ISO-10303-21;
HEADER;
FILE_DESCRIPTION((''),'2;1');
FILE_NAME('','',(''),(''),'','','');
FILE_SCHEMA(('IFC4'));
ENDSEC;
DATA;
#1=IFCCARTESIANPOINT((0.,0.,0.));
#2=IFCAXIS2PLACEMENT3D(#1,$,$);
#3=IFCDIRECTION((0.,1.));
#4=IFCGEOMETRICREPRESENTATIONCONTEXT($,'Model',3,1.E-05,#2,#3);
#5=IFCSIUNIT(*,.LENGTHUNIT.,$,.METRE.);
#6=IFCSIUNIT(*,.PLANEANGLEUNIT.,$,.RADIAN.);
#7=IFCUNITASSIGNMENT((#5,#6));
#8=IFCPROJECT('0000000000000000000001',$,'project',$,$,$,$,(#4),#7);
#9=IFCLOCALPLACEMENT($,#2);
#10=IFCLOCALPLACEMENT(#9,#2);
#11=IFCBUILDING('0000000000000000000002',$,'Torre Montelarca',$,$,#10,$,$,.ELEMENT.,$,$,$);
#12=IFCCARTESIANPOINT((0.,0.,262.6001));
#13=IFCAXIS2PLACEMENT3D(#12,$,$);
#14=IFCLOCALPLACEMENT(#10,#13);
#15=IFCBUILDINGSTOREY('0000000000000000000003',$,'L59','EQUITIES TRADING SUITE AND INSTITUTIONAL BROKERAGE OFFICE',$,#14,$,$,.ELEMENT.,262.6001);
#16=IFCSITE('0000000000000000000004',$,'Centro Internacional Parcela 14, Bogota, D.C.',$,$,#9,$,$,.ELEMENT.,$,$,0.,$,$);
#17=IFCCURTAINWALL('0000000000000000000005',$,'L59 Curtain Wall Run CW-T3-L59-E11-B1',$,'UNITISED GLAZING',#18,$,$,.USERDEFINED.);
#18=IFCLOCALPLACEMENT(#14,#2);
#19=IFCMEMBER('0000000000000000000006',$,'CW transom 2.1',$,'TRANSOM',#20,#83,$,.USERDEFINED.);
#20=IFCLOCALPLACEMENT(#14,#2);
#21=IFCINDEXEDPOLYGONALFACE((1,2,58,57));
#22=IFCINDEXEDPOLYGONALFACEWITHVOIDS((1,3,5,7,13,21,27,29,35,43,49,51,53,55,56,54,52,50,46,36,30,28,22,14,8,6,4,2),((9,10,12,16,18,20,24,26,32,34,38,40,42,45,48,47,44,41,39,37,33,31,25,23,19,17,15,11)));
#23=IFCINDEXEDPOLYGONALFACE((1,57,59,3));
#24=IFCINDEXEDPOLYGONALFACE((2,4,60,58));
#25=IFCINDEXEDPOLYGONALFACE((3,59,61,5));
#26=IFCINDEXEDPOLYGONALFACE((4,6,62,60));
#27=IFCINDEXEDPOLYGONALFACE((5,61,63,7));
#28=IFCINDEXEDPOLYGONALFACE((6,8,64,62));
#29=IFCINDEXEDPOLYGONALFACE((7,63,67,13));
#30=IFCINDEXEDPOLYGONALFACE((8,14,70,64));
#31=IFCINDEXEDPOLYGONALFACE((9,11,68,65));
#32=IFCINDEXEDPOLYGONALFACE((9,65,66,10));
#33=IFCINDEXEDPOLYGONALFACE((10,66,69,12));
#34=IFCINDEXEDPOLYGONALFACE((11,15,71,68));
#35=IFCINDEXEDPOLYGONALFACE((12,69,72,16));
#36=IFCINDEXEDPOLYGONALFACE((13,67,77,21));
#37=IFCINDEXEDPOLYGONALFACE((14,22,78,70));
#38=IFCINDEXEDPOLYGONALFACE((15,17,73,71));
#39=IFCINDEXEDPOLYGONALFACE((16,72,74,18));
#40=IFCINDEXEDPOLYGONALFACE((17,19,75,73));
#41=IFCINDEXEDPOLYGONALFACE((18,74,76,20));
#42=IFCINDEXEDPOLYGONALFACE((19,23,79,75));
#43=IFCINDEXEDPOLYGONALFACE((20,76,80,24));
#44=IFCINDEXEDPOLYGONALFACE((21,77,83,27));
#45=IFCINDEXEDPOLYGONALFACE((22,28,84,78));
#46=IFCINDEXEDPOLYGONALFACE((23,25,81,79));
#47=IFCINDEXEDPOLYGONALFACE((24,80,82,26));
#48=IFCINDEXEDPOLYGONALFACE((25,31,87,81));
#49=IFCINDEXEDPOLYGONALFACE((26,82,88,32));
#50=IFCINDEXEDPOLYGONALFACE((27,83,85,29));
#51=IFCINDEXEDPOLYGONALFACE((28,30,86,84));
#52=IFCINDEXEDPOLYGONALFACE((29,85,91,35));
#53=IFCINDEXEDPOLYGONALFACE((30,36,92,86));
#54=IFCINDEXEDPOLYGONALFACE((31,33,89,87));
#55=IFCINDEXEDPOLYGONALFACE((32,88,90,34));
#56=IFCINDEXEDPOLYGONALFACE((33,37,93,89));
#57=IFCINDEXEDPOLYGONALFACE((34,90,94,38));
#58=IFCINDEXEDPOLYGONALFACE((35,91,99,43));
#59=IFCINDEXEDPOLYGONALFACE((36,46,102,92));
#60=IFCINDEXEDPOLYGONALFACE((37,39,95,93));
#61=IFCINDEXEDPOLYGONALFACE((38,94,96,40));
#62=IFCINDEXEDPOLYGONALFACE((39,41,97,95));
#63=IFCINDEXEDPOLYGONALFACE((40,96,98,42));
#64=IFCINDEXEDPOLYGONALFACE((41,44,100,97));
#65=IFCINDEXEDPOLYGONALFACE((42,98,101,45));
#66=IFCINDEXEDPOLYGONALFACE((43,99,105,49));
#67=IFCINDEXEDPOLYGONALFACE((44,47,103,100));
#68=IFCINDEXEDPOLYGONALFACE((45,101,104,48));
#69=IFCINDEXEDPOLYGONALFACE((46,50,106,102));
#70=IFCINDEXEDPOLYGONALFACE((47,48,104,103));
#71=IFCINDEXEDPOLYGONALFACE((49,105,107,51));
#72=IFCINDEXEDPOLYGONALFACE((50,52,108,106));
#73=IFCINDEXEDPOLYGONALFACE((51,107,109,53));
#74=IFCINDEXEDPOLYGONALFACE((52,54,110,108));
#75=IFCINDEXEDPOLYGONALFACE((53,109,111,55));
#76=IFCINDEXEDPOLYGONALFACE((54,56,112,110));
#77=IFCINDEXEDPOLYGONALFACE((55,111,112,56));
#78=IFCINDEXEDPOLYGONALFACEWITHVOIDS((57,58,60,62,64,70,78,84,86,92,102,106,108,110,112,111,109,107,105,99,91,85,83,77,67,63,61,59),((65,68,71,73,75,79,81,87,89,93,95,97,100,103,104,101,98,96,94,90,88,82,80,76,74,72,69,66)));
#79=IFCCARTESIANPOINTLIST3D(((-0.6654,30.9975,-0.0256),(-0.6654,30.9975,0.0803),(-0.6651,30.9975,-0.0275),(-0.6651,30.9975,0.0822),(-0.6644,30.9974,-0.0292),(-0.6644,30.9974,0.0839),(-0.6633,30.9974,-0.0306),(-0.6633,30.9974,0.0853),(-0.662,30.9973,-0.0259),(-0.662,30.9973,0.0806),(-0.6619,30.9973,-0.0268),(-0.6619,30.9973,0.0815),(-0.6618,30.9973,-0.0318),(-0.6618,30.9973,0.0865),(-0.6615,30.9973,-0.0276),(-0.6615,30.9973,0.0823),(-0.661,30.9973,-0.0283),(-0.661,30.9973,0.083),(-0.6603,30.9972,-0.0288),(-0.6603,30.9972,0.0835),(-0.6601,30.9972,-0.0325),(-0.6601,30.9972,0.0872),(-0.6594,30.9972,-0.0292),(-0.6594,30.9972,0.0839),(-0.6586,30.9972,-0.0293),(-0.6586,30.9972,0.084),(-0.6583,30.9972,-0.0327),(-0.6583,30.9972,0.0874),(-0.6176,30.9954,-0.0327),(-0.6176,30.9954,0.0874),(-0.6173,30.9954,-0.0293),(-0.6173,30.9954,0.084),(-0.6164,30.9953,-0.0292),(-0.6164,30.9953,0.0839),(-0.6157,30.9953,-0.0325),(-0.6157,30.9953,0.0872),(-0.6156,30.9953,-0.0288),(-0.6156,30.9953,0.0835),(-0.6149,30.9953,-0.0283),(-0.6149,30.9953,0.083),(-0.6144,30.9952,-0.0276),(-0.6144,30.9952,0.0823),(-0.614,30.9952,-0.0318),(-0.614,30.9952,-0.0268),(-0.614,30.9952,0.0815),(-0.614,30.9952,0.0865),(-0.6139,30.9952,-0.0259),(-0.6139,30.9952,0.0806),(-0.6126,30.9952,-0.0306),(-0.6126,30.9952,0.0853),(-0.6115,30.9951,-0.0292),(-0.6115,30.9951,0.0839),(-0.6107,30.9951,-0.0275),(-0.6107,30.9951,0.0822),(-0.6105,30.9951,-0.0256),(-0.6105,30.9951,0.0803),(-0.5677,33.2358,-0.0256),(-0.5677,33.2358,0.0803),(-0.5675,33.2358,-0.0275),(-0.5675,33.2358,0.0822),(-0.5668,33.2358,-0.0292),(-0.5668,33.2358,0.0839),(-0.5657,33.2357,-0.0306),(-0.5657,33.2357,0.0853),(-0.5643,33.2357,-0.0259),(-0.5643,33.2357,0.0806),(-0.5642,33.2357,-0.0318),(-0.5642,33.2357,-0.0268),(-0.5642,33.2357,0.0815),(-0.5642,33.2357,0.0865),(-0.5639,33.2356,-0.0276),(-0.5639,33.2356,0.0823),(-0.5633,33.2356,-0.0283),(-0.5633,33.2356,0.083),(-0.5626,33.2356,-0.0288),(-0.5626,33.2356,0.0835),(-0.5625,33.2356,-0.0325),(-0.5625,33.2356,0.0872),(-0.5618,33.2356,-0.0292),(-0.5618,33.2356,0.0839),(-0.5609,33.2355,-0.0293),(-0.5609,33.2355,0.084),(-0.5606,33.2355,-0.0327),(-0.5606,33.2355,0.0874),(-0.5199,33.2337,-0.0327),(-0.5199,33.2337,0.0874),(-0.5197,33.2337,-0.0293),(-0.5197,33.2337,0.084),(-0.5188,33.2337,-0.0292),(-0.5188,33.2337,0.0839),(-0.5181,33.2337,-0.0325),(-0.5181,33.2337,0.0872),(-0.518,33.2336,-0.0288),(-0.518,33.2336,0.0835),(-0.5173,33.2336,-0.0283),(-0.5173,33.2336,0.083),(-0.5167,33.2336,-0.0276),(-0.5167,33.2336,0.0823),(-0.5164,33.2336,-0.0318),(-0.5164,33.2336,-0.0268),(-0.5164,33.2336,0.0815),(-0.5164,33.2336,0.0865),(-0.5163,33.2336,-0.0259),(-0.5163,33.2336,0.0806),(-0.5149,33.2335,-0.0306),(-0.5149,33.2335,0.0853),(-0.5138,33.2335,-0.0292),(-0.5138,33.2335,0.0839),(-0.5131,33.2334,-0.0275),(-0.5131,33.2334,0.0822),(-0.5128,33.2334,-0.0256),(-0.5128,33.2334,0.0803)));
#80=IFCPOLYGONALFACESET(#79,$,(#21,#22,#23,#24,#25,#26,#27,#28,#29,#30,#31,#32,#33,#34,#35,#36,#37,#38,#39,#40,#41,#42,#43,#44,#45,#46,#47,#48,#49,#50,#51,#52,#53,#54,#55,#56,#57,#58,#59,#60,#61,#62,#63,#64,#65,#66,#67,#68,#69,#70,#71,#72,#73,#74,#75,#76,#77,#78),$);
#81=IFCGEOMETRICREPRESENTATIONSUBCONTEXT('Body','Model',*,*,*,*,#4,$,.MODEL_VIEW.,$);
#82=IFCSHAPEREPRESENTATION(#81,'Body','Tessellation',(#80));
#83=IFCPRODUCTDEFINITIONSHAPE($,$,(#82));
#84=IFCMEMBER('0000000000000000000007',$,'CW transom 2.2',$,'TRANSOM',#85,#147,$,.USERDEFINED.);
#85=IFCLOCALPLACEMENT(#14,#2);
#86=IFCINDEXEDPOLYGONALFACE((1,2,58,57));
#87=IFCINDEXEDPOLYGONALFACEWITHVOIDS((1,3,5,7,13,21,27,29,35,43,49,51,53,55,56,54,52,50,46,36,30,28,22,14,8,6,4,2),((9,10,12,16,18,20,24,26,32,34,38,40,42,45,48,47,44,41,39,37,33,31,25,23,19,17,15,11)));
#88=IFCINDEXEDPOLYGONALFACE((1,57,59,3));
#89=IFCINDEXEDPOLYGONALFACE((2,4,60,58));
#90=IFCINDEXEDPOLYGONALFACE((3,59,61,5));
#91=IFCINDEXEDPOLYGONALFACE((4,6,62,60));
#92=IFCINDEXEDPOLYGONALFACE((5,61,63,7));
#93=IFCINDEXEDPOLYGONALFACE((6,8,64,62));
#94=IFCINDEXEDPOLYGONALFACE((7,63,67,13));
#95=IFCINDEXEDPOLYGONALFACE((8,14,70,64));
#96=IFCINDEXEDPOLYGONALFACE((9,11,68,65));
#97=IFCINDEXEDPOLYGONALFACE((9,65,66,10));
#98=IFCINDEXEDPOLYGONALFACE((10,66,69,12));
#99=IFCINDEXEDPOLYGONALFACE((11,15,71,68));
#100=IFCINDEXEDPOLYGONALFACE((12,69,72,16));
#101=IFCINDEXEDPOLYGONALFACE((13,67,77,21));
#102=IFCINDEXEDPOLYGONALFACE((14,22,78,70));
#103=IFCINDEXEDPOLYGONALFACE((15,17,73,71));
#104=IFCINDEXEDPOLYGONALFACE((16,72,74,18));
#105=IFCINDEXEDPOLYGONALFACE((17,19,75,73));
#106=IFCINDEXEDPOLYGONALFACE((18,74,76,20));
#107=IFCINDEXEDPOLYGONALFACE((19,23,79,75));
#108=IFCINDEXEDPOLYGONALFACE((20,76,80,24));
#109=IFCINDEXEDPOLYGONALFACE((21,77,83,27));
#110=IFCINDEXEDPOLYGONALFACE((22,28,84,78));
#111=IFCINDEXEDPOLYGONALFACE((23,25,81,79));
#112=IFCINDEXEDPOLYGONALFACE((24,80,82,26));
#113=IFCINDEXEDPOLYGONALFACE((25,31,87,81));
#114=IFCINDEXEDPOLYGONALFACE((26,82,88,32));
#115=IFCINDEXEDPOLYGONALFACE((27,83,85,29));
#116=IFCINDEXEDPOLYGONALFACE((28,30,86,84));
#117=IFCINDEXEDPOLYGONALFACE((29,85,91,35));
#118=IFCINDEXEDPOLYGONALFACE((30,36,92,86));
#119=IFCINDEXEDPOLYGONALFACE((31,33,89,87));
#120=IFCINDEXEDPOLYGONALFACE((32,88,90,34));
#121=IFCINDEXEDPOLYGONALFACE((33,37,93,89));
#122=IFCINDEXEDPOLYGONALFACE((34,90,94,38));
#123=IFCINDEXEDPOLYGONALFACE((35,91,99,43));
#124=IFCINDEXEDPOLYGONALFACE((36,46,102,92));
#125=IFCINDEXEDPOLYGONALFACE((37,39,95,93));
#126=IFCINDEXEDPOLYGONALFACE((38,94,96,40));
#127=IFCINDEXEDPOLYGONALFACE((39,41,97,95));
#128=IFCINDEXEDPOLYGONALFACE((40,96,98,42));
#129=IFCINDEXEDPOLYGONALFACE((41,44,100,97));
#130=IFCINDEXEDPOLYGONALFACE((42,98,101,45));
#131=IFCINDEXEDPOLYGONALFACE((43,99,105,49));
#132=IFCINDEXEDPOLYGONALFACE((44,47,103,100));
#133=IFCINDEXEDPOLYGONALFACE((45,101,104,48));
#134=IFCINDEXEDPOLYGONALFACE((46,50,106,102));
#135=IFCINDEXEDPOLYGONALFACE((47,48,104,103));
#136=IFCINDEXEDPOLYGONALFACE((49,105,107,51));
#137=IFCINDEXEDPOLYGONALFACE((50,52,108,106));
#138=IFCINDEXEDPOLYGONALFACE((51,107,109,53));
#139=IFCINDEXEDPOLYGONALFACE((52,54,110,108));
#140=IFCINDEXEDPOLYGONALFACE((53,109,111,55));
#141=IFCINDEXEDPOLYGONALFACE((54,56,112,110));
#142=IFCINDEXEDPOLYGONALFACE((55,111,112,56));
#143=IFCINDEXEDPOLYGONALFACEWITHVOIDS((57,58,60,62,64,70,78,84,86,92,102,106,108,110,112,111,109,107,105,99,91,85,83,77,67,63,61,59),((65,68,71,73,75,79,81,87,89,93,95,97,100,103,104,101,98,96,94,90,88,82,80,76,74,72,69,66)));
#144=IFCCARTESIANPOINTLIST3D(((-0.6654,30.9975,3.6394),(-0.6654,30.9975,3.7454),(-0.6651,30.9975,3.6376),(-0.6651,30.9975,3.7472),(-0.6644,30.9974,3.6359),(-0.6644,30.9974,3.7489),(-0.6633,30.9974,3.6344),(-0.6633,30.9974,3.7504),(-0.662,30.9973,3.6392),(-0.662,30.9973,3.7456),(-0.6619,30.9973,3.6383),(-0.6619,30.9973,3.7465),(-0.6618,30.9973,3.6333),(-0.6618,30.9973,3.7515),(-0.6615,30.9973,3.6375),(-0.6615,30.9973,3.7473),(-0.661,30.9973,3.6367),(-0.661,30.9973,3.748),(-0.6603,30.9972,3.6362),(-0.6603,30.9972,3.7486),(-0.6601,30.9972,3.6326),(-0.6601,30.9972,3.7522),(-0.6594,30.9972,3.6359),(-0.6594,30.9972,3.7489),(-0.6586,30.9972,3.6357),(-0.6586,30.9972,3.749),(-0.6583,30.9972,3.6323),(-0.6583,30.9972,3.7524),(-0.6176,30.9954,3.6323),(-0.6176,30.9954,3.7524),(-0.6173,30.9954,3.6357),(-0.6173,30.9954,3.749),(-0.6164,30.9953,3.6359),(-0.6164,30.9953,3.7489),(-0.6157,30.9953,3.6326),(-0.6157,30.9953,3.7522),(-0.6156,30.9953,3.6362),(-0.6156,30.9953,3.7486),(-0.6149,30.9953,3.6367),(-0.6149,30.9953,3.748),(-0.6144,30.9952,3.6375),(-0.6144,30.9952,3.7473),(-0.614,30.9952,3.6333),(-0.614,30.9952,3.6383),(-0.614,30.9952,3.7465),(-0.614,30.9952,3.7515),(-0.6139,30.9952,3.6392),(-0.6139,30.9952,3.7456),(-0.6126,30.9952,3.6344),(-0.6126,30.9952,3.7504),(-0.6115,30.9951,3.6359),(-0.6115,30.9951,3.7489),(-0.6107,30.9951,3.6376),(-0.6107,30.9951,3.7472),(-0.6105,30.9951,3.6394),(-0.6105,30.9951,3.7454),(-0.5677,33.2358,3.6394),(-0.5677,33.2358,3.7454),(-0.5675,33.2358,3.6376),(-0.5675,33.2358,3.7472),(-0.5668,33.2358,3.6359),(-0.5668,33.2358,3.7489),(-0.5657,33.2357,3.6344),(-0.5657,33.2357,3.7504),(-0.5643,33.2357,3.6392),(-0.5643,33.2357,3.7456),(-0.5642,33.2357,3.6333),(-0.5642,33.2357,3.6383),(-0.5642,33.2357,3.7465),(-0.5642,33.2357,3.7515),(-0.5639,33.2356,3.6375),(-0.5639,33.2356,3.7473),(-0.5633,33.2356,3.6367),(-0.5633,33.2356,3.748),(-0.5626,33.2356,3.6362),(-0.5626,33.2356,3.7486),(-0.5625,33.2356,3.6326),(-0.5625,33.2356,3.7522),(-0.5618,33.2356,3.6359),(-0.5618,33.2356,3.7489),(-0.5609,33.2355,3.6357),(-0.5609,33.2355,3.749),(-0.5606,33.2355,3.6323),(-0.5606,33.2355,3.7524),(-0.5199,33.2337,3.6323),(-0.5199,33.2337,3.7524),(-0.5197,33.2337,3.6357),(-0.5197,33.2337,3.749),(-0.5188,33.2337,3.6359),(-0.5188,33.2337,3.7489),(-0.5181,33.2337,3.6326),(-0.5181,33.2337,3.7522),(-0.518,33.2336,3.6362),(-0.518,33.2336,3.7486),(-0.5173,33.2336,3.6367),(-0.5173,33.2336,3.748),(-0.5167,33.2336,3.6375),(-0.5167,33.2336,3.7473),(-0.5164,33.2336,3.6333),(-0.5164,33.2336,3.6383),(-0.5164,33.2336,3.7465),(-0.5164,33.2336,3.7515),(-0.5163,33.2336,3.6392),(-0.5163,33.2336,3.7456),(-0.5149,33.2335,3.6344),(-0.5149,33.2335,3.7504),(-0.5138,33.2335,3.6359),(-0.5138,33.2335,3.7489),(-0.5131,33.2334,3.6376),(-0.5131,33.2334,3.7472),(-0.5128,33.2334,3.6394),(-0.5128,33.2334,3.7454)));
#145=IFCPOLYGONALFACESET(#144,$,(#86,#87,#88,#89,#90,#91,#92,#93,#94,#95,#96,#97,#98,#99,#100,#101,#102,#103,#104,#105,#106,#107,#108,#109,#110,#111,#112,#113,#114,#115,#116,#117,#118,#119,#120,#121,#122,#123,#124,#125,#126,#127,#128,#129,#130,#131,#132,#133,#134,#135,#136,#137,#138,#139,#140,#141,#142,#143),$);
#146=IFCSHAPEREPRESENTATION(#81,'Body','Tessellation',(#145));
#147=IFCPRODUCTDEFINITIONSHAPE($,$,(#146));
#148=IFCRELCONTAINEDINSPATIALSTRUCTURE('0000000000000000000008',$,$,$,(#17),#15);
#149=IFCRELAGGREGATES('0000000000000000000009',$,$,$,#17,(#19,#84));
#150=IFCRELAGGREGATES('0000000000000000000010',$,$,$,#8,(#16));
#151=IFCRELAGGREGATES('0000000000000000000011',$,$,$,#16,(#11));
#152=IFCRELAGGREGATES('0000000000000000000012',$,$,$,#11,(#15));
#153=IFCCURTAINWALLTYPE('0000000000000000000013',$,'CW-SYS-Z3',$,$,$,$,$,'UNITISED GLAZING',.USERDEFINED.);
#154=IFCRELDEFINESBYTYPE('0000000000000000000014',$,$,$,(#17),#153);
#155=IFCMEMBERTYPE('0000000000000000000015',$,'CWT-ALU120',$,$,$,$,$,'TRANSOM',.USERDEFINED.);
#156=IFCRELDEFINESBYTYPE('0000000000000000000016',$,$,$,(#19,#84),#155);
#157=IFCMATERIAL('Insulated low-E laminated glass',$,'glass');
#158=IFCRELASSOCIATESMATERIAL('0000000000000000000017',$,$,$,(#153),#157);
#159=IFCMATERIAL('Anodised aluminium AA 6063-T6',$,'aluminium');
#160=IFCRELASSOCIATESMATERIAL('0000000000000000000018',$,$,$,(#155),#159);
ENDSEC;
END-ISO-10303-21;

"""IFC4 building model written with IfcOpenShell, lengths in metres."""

from ifc_helpers import new_model, si_unit, direction, frame, origin, origin_2d, place, context, subcontext, project, spatial, hollow_rectangle, extrude, source, transform, mapped, material, material_profile, profile_set, type_object, element, aggregate, save


model = new_model("IFC4")

# Units and contexts
model_context = context("Model", 3, precision=1e-05, world=origin(), true_north=direction((0.0, 1.0)))
body_context = subcontext(model_context, "Body", "Model", "MODEL_VIEW")
ifc_project = project(units=[si_unit("LENGTHUNIT", "METRE"), si_unit("PLANEANGLEUNIT", "RADIAN")], contexts=[model_context])

# Site, building, storey
site_placement = place(None, origin())
site = spatial("IfcSite", under=ifc_project, at=site_placement, Name="Centro Internacional Parcela 14, Bogota, D.C.", CompositionType="ELEMENT", RefElevation=0.0)
building_placement = place(site_placement, origin())
building = spatial("IfcBuilding", under=site, at=building_placement, Name="Torre Montelarca", CompositionType="ELEMENT")
storey_placement = place(building_placement, frame((0.0, 0.0, 262.6001)))
storey = spatial("IfcBuildingStorey", under=building, at=storey_placement, Name="L59", Description="EQUITIES TRADING SUITE AND INSTITUTIONAL BROKERAGE OFFICE", CompositionType="ELEMENT", Elevation=262.6001)

# Shared definitions
ifc_material_1 = material(Name="Insulated low-E laminated glass", Category="glass")
curtain_wall_type = type_object("IfcCurtainWallType", Name="CW-SYS-Z3", ElementType="UNITISED GLAZING", PredefinedType="USERDEFINED", material=ifc_material_1)
ifc_material_2 = material(Name="Anodised aluminium AA 6063-T6", Category="aluminium")

# Curtain wall, members
curtain_wall_1_placement = place(storey_placement, origin())
curtain_wall_1 = element("IfcCurtainWall", 1, at=curtain_wall_1_placement, inside=storey, type_object=curtain_wall_type, Name="L59 Curtain Wall Run CW-T3-L59-E11-B1", ObjectType="UNITISED GLAZING", PredefinedType="USERDEFINED")
ifc_material_profile_1 = material_profile(ifc_material_2, hollow_rectangle(XDim=0.0549, YDim=0.1201, WallThickness=0.0034, InnerFilletRadius=0.0034, OuterFilletRadius=0.0071, at=origin_2d()), Name="ALU55X120X3.5", Category="aluminium")
ifc_profile_set_1 = profile_set([ifc_material_profile_1], Name="Anodised aluminium AA 6063-T6")
member_type_1 = type_object("IfcMemberType", Name="CWT-ALU120", ElementType="TRANSOM", PredefinedType="USERDEFINED", material=ifc_profile_set_1)
shared_shape_1 = source(origin(), body_context, "Body", "SweptSolid", [
    extrude(hollow_rectangle(XDim=0.0549, YDim=0.1201, WallThickness=0.0034, InnerFilletRadius=0.0034, OuterFilletRadius=0.0071, at=origin_2d()), origin(), (0.0, 0.0, 1.0), 2.2405),
])
member_1_placement = place(storey_placement, frame((-0.5403, 33.2346, 0.0273), z_axis=(-0.043589, -0.99905, 0.0), x_axis=(0.99905, -0.043589, 0.0)))
member_1 = element("IfcMember", 2, at=member_1_placement, type_object=member_type_1, Name="CW transom 2.1", ObjectType="TRANSOM", PredefinedType="USERDEFINED", context=body_context, shape_type="MappedRepresentation", body=[
    mapped(shared_shape_1, transform((0.0, 0.0, 0.0), scale=1.0)),
])
member_2_placement = place(storey_placement, frame((-0.5403, 33.2346, 3.6924), z_axis=(-0.043589, -0.99905, 0.0), x_axis=(0.99905, -0.043589, 0.0)))
member_2 = element("IfcMember", 3, at=member_2_placement, type_object=member_type_1, Name="CW transom 2.2", ObjectType="TRANSOM", PredefinedType="USERDEFINED", context=body_context, shape_type="MappedRepresentation", body=[
    mapped(shared_shape_1, transform((0.0, 0.0, 0.0), scale=1.0)),
])

aggregate(curtain_wall_1, [member_1, member_2])

save(model, "model.ifc")
